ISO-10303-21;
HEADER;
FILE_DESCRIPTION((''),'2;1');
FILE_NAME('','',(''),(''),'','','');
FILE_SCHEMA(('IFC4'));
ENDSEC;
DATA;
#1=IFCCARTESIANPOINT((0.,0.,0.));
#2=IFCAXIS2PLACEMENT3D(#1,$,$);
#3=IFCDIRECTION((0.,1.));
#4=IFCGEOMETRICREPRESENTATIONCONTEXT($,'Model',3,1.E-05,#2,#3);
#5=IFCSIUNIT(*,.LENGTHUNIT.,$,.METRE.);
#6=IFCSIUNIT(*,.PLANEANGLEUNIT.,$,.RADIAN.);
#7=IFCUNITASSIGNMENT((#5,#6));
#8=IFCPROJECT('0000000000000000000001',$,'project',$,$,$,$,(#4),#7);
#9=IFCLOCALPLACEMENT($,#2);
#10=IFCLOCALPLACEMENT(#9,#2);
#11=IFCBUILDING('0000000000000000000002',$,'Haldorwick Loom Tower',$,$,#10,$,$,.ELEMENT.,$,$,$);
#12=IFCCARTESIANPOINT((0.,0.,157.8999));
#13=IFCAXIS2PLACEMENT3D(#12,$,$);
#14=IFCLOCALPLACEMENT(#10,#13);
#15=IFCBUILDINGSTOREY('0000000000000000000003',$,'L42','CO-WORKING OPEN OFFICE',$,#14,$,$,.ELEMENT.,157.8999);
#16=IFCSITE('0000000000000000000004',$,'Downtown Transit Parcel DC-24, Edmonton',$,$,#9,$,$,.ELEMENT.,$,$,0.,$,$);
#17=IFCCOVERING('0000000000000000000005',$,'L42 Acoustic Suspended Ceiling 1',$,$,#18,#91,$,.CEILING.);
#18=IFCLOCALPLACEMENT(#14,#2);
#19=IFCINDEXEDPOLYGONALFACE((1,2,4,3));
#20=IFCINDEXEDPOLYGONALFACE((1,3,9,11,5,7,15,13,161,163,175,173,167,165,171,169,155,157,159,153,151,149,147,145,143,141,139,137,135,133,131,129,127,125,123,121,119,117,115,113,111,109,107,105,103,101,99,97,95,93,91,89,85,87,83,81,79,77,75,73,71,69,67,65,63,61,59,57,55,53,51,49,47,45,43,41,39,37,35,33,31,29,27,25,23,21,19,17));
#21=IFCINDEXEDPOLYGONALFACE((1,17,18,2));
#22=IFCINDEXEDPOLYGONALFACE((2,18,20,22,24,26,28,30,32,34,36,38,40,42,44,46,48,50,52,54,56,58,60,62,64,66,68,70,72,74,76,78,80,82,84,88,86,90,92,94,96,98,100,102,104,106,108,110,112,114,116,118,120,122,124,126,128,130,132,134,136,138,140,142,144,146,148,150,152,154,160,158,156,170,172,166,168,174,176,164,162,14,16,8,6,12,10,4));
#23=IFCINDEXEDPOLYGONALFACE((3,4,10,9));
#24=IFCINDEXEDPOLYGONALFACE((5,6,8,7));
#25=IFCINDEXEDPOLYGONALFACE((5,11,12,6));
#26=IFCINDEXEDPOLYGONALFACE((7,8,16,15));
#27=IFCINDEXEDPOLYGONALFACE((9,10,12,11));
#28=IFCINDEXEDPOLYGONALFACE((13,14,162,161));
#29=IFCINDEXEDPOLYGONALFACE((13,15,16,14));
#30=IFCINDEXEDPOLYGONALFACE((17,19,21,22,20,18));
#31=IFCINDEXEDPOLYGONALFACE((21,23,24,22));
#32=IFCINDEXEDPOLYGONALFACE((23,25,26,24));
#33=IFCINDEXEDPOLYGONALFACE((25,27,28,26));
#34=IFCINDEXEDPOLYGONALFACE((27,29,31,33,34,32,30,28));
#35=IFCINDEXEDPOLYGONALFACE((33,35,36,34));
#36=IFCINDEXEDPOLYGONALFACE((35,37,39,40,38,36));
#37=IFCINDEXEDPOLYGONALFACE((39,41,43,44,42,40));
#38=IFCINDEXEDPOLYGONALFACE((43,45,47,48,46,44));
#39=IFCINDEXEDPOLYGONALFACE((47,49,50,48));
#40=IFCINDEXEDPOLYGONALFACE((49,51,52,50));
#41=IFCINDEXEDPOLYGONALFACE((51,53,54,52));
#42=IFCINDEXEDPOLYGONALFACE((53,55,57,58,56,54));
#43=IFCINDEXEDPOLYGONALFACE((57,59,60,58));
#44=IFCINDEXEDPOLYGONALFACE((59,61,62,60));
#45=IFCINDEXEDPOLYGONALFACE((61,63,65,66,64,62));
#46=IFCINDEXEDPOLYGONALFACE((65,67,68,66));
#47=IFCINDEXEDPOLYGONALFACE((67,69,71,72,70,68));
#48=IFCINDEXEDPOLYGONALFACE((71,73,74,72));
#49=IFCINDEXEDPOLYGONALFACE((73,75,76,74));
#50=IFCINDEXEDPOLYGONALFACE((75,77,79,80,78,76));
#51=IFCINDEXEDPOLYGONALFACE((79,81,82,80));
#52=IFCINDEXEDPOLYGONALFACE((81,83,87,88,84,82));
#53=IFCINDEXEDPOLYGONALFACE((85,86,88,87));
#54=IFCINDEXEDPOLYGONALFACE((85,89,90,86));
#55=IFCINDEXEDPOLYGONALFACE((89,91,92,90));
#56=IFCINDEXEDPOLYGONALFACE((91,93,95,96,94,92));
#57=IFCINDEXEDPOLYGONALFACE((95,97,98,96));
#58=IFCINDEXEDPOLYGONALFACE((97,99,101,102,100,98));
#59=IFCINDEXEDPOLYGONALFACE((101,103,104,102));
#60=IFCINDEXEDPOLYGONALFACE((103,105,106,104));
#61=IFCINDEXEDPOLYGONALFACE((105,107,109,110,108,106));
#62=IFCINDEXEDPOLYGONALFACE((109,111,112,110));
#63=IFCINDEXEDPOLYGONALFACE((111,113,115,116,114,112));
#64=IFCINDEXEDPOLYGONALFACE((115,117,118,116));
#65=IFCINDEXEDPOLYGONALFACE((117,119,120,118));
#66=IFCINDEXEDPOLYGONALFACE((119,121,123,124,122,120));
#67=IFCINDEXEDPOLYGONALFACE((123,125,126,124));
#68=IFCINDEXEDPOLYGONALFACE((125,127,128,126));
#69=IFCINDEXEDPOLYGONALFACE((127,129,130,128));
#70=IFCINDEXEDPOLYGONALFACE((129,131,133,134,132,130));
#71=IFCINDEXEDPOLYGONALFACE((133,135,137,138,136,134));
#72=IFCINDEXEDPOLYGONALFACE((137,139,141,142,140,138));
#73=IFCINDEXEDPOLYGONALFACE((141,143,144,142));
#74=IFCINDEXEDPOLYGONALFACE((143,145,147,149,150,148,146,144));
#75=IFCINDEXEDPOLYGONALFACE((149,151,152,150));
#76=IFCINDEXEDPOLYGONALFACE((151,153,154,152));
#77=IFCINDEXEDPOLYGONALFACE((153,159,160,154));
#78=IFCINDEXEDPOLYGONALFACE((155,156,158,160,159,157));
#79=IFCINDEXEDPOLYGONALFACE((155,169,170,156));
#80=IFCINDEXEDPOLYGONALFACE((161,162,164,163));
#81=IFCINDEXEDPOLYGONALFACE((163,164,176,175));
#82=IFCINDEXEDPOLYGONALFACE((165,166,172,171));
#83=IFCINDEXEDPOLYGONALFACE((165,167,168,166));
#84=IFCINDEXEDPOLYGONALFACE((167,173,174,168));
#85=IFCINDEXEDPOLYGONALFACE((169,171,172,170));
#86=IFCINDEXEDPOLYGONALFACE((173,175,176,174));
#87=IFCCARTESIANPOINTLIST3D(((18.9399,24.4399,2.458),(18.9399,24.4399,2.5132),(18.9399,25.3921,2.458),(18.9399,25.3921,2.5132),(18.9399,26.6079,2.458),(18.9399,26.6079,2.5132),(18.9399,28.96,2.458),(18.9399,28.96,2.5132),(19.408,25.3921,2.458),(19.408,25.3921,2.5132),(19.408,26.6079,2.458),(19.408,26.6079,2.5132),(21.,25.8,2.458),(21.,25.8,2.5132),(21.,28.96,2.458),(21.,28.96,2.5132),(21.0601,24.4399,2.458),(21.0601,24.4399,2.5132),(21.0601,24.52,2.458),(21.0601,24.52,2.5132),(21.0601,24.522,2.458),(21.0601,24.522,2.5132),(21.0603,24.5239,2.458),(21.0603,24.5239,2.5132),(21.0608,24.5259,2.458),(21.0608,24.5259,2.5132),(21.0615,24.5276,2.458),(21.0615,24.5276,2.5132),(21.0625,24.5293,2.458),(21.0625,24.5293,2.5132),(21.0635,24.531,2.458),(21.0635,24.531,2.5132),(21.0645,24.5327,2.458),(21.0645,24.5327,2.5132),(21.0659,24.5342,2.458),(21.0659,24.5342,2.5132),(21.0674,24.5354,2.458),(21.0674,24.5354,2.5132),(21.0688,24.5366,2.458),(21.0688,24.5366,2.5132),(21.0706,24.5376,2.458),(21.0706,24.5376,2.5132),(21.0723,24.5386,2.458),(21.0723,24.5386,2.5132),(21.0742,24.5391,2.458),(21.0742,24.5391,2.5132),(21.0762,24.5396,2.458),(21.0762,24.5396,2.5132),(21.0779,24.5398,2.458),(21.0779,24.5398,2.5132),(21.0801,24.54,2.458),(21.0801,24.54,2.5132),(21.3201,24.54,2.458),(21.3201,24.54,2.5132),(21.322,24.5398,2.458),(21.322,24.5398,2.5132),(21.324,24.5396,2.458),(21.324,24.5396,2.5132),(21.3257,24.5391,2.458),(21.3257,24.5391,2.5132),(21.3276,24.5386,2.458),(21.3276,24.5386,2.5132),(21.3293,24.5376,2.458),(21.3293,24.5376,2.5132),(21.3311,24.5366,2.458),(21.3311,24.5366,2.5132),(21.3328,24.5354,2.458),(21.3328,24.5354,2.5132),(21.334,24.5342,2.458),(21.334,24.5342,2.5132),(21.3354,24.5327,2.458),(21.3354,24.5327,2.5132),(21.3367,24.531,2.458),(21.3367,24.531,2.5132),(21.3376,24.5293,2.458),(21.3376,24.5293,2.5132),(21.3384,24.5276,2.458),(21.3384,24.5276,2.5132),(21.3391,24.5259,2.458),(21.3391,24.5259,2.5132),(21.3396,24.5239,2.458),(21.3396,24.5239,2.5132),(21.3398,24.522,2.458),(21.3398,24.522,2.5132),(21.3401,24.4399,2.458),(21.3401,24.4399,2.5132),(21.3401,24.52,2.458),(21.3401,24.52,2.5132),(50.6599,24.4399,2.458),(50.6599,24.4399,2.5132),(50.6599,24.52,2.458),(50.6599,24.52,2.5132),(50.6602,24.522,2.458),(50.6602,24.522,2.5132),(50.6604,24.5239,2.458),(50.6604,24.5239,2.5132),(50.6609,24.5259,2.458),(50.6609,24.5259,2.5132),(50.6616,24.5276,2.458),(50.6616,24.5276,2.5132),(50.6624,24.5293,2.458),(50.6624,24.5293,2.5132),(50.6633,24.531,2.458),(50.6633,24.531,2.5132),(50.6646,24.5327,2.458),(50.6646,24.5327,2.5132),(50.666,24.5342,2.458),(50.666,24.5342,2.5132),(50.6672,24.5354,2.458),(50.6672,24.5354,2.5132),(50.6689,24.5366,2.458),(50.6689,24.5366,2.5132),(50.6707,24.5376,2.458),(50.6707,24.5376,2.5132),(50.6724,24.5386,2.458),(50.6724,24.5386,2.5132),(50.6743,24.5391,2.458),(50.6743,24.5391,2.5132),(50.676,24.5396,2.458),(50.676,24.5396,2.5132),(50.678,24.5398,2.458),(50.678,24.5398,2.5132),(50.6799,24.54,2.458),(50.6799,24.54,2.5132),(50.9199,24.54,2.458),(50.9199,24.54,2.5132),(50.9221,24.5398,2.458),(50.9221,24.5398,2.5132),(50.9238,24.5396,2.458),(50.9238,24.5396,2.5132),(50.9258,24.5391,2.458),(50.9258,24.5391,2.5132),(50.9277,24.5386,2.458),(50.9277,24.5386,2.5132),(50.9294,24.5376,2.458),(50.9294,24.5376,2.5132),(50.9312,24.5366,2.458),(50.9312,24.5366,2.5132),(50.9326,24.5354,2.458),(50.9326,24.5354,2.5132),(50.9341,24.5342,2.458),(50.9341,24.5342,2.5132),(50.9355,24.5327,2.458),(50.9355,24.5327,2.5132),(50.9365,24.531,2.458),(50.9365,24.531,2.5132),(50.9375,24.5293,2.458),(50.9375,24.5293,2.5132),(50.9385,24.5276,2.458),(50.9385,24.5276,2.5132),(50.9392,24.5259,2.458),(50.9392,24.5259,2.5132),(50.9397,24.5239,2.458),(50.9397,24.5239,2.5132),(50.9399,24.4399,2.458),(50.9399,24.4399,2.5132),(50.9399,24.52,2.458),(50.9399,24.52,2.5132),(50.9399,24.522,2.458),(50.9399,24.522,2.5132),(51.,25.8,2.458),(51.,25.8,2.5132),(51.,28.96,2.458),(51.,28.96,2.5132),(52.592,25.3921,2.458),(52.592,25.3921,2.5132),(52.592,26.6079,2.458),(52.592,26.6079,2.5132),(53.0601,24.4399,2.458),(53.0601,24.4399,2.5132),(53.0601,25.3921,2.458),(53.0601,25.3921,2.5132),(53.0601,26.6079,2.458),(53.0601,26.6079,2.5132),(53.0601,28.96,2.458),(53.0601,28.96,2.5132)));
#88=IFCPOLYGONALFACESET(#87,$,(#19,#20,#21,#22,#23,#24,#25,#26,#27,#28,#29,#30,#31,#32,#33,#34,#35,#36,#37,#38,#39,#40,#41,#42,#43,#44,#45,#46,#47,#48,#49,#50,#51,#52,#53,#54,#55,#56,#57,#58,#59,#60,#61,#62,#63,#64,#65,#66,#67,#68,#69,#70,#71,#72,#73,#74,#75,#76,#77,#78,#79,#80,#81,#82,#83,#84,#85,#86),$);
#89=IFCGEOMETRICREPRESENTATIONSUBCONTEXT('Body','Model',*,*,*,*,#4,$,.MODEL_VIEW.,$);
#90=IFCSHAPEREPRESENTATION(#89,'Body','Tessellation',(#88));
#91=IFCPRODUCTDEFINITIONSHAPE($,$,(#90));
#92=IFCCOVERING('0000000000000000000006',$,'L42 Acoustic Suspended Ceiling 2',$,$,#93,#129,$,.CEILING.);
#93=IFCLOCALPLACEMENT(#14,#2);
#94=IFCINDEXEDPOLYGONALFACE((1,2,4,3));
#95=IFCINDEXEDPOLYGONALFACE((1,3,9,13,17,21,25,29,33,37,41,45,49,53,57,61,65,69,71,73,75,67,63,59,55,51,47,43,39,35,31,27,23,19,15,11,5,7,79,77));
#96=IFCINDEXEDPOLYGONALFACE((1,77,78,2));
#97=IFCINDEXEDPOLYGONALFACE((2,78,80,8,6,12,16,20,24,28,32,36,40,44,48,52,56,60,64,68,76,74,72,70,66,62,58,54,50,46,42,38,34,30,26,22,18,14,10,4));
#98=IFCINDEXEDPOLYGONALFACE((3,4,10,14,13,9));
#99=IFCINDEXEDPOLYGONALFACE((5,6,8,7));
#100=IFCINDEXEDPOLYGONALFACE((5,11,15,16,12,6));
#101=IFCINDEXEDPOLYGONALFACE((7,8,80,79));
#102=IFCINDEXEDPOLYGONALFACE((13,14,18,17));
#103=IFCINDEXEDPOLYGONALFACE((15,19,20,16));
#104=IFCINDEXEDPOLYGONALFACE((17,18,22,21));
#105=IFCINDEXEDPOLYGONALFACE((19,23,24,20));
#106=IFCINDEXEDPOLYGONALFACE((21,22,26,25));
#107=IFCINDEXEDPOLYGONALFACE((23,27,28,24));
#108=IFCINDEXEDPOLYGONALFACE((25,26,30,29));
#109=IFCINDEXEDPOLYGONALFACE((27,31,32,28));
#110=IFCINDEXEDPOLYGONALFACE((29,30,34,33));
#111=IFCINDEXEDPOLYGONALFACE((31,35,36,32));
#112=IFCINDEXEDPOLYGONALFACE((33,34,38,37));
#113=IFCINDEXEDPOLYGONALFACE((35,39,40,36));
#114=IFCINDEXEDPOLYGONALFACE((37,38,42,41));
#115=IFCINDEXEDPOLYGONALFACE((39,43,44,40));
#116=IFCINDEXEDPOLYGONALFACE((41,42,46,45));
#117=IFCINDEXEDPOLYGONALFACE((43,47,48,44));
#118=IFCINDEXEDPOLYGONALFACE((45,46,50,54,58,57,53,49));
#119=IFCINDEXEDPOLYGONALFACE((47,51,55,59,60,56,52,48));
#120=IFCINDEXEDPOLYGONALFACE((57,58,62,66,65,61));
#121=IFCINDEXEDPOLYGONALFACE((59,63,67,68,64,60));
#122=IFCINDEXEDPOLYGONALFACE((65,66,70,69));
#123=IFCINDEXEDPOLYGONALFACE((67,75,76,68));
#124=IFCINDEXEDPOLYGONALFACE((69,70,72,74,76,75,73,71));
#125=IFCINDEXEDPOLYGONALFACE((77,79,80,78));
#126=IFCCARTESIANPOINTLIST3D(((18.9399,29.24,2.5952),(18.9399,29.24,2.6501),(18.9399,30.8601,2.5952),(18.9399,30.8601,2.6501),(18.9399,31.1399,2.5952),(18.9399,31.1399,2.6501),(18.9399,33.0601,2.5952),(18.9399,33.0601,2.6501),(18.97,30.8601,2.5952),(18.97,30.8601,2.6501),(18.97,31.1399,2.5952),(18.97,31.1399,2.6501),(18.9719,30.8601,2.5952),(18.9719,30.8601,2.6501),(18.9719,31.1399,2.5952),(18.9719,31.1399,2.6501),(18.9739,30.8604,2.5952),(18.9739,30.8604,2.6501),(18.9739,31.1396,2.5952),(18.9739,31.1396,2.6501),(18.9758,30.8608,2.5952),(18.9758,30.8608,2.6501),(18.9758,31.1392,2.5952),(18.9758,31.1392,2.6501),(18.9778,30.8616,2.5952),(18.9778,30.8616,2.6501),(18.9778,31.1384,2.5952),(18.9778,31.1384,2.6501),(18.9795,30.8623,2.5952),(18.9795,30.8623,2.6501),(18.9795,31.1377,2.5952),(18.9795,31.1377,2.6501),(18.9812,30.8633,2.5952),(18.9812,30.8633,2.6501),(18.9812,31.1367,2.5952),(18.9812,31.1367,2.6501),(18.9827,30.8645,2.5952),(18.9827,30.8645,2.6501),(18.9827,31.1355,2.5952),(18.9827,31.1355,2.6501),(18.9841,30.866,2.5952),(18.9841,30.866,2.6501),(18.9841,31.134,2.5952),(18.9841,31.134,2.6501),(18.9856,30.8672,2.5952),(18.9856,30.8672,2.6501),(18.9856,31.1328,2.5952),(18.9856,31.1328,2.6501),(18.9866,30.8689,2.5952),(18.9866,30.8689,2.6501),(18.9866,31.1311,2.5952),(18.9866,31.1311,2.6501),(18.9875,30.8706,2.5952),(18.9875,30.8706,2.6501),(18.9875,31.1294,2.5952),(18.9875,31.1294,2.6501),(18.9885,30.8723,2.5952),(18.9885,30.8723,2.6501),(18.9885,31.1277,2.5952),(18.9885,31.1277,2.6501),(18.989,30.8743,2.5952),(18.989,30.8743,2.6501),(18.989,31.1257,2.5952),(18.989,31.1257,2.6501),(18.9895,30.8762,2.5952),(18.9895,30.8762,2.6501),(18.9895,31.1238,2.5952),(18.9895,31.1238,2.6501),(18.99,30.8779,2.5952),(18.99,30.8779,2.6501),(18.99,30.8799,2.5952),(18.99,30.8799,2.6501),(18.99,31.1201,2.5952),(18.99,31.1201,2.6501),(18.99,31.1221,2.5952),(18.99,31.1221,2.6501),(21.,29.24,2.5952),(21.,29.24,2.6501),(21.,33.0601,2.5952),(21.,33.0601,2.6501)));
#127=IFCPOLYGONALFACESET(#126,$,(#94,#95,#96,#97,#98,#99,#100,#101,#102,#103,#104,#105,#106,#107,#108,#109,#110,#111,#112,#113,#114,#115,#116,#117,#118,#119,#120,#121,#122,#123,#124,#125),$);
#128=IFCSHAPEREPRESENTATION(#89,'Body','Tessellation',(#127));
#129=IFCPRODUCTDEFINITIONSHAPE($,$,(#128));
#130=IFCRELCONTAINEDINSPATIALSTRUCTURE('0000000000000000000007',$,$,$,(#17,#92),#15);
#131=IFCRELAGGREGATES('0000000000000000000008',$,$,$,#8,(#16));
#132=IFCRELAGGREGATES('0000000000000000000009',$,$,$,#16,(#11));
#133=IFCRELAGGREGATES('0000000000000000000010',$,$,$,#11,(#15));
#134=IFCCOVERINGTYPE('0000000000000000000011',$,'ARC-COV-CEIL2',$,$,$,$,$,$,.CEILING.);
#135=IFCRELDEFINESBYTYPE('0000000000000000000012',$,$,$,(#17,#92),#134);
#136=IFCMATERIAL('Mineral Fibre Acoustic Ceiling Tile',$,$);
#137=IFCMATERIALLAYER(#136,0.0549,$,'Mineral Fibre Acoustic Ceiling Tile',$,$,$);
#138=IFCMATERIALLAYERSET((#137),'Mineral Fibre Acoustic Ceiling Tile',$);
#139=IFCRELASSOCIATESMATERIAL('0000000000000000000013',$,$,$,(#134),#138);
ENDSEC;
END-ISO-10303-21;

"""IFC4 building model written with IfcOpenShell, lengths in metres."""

from ifc_helpers import new_model, si_unit, direction, frame, origin, place, context, subcontext, project, spatial, polyline, outline, extrude, material, layer, layer_set, type_object, element, save


model = new_model("IFC4")

# Units and contexts
model_context = context("Model", 3, precision=1e-05, world=origin(), true_north=direction((0.0, 1.0)))
body_context = subcontext(model_context, "Body", "Model", "MODEL_VIEW")
ifc_project = project(units=[si_unit("LENGTHUNIT", "METRE"), si_unit("PLANEANGLEUNIT", "RADIAN")], contexts=[model_context])

# Site, building, storey
site_placement = place(None, origin())
site = spatial("IfcSite", under=ifc_project, at=site_placement, Name="Downtown Transit Parcel DC-24, Edmonton", CompositionType="ELEMENT", RefElevation=0.0)
building_placement = place(site_placement, origin())
building = spatial("IfcBuilding", under=site, at=building_placement, Name="Haldorwick Loom Tower", CompositionType="ELEMENT")
storey_placement = place(building_placement, frame((0.0, 0.0, 157.8999)))
storey = spatial("IfcBuildingStorey", under=building, at=storey_placement, Name="L42", Description="CO-WORKING OPEN OFFICE", CompositionType="ELEMENT", Elevation=157.8999)

# Coverings
ifc_material_1 = material(Name="Mineral Fibre Acoustic Ceiling Tile")
ifc_layer_1 = layer(ifc_material_1, 0.0549, Name="Mineral Fibre Acoustic Ceiling Tile")
ifc_layer_set_1 = layer_set([ifc_layer_1], Name="Mineral Fibre Acoustic Ceiling Tile")
covering_type_1 = type_object("IfcCoveringType", Name="ARC-COV-CEIL2", PredefinedType="CEILING", material=ifc_layer_set_1)
covering_1_placement = place(storey_placement, frame((0.0, 0.0, 2.458)))
element("IfcCovering", 1, at=covering_1_placement, inside=storey, type_object=covering_type_1, Name="L42 Acoustic Suspended Ceiling 1", PredefinedType="CEILING", context=body_context, shape_type="SweptSolid", body=[
    extrude(outline(polyline([(51.0, 28.96), (51.0, 25.8), (21.0, 25.8), (21.0, 28.96), (18.9399, 28.96), (18.9399, 26.6079), (19.408, 26.6079), (19.408, 25.3921), (18.9399, 25.3921), (18.9399, 24.4399), (21.0601, 24.4399), (21.0601, 24.52), (21.0601, 24.522), (21.0603, 24.5239), (21.0608, 24.5259), (21.0615, 24.5276), (21.0625, 24.5293), (21.0635, 24.531), (21.0645, 24.5327), (21.0659, 24.5342), (21.0674, 24.5354), (21.0688, 24.5366), (21.0706, 24.5376), (21.0723, 24.5386), (21.0742, 24.5391), (21.0762, 24.5396), (21.0779, 24.5398), (21.0801, 24.54), (21.3201, 24.54), (21.322, 24.5398), (21.324, 24.5396), (21.3257, 24.5391), (21.3276, 24.5386), (21.3293, 24.5376), (21.3311, 24.5366), (21.3328, 24.5354), (21.334, 24.5342), (21.3354, 24.5327), (21.3367, 24.531), (21.3376, 24.5293), (21.3384, 24.5276), (21.3391, 24.5259), (21.3396, 24.5239), (21.3398, 24.522), (21.3401, 24.52), (21.3401, 24.4399), (50.6599, 24.4399), (50.6599, 24.52), (50.6602, 24.522), (50.6604, 24.5239), (50.6609, 24.5259), (50.6616, 24.5276), (50.6624, 24.5293), (50.6633, 24.531), (50.6646, 24.5327), (50.666, 24.5342), (50.6672, 24.5354), (50.6689, 24.5366), (50.6707, 24.5376), (50.6724, 24.5386), (50.6743, 24.5391), (50.676, 24.5396), (50.678, 24.5398), (50.6799, 24.54), (50.9199, 24.54), (50.9221, 24.5398), (50.9238, 24.5396), (50.9258, 24.5391), (50.9277, 24.5386), (50.9294, 24.5376), (50.9312, 24.5366), (50.9326, 24.5354), (50.9341, 24.5342), (50.9355, 24.5327), (50.9365, 24.531), (50.9375, 24.5293), (50.9385, 24.5276), (50.9392, 24.5259), (50.9397, 24.5239), (50.9399, 24.522), (50.9399, 24.52), (50.9399, 24.4399), (53.0601, 24.4399), (53.0601, 25.3921), (52.592, 25.3921), (52.592, 26.6079), (53.0601, 26.6079), (53.0601, 28.96), (51.0, 28.96)])), origin(), (0.0, 0.0, 1.0), 0.0552),
])
covering_2_placement = place(storey_placement, frame((0.0, 0.0, 2.5952)))
element("IfcCovering", 2, at=covering_2_placement, inside=storey, type_object=covering_type_1, Name="L42 Acoustic Suspended Ceiling 2", PredefinedType="CEILING", context=body_context, shape_type="SweptSolid", body=[
    extrude(outline(polyline([(18.97, 31.1399), (18.9719, 31.1399), (18.9739, 31.1396), (18.9758, 31.1392), (18.9778, 31.1384), (18.9795, 31.1377), (18.9812, 31.1367), (18.9827, 31.1355), (18.9841, 31.134), (18.9856, 31.1328), (18.9866, 31.1311), (18.9875, 31.1294), (18.9885, 31.1277), (18.989, 31.1257), (18.9895, 31.1238), (18.99, 31.1221), (18.99, 31.1201), (18.99, 30.8799), (18.99, 30.8779), (18.9895, 30.8762), (18.989, 30.8743), (18.9885, 30.8723), (18.9875, 30.8706), (18.9866, 30.8689), (18.9856, 30.8672), (18.9841, 30.866), (18.9827, 30.8645), (18.9812, 30.8633), (18.9795, 30.8623), (18.9778, 30.8616), (18.9758, 30.8608), (18.9739, 30.8604), (18.9719, 30.8601), (18.97, 30.8601), (18.9399, 30.8601), (18.9399, 29.24), (21.0, 29.24), (21.0, 33.0601), (18.9399, 33.0601), (18.9399, 31.1399), (18.97, 31.1399)])), origin(), (0.0, 0.0, 1.0), 0.0549),
])

save(model, "model.ifc")
